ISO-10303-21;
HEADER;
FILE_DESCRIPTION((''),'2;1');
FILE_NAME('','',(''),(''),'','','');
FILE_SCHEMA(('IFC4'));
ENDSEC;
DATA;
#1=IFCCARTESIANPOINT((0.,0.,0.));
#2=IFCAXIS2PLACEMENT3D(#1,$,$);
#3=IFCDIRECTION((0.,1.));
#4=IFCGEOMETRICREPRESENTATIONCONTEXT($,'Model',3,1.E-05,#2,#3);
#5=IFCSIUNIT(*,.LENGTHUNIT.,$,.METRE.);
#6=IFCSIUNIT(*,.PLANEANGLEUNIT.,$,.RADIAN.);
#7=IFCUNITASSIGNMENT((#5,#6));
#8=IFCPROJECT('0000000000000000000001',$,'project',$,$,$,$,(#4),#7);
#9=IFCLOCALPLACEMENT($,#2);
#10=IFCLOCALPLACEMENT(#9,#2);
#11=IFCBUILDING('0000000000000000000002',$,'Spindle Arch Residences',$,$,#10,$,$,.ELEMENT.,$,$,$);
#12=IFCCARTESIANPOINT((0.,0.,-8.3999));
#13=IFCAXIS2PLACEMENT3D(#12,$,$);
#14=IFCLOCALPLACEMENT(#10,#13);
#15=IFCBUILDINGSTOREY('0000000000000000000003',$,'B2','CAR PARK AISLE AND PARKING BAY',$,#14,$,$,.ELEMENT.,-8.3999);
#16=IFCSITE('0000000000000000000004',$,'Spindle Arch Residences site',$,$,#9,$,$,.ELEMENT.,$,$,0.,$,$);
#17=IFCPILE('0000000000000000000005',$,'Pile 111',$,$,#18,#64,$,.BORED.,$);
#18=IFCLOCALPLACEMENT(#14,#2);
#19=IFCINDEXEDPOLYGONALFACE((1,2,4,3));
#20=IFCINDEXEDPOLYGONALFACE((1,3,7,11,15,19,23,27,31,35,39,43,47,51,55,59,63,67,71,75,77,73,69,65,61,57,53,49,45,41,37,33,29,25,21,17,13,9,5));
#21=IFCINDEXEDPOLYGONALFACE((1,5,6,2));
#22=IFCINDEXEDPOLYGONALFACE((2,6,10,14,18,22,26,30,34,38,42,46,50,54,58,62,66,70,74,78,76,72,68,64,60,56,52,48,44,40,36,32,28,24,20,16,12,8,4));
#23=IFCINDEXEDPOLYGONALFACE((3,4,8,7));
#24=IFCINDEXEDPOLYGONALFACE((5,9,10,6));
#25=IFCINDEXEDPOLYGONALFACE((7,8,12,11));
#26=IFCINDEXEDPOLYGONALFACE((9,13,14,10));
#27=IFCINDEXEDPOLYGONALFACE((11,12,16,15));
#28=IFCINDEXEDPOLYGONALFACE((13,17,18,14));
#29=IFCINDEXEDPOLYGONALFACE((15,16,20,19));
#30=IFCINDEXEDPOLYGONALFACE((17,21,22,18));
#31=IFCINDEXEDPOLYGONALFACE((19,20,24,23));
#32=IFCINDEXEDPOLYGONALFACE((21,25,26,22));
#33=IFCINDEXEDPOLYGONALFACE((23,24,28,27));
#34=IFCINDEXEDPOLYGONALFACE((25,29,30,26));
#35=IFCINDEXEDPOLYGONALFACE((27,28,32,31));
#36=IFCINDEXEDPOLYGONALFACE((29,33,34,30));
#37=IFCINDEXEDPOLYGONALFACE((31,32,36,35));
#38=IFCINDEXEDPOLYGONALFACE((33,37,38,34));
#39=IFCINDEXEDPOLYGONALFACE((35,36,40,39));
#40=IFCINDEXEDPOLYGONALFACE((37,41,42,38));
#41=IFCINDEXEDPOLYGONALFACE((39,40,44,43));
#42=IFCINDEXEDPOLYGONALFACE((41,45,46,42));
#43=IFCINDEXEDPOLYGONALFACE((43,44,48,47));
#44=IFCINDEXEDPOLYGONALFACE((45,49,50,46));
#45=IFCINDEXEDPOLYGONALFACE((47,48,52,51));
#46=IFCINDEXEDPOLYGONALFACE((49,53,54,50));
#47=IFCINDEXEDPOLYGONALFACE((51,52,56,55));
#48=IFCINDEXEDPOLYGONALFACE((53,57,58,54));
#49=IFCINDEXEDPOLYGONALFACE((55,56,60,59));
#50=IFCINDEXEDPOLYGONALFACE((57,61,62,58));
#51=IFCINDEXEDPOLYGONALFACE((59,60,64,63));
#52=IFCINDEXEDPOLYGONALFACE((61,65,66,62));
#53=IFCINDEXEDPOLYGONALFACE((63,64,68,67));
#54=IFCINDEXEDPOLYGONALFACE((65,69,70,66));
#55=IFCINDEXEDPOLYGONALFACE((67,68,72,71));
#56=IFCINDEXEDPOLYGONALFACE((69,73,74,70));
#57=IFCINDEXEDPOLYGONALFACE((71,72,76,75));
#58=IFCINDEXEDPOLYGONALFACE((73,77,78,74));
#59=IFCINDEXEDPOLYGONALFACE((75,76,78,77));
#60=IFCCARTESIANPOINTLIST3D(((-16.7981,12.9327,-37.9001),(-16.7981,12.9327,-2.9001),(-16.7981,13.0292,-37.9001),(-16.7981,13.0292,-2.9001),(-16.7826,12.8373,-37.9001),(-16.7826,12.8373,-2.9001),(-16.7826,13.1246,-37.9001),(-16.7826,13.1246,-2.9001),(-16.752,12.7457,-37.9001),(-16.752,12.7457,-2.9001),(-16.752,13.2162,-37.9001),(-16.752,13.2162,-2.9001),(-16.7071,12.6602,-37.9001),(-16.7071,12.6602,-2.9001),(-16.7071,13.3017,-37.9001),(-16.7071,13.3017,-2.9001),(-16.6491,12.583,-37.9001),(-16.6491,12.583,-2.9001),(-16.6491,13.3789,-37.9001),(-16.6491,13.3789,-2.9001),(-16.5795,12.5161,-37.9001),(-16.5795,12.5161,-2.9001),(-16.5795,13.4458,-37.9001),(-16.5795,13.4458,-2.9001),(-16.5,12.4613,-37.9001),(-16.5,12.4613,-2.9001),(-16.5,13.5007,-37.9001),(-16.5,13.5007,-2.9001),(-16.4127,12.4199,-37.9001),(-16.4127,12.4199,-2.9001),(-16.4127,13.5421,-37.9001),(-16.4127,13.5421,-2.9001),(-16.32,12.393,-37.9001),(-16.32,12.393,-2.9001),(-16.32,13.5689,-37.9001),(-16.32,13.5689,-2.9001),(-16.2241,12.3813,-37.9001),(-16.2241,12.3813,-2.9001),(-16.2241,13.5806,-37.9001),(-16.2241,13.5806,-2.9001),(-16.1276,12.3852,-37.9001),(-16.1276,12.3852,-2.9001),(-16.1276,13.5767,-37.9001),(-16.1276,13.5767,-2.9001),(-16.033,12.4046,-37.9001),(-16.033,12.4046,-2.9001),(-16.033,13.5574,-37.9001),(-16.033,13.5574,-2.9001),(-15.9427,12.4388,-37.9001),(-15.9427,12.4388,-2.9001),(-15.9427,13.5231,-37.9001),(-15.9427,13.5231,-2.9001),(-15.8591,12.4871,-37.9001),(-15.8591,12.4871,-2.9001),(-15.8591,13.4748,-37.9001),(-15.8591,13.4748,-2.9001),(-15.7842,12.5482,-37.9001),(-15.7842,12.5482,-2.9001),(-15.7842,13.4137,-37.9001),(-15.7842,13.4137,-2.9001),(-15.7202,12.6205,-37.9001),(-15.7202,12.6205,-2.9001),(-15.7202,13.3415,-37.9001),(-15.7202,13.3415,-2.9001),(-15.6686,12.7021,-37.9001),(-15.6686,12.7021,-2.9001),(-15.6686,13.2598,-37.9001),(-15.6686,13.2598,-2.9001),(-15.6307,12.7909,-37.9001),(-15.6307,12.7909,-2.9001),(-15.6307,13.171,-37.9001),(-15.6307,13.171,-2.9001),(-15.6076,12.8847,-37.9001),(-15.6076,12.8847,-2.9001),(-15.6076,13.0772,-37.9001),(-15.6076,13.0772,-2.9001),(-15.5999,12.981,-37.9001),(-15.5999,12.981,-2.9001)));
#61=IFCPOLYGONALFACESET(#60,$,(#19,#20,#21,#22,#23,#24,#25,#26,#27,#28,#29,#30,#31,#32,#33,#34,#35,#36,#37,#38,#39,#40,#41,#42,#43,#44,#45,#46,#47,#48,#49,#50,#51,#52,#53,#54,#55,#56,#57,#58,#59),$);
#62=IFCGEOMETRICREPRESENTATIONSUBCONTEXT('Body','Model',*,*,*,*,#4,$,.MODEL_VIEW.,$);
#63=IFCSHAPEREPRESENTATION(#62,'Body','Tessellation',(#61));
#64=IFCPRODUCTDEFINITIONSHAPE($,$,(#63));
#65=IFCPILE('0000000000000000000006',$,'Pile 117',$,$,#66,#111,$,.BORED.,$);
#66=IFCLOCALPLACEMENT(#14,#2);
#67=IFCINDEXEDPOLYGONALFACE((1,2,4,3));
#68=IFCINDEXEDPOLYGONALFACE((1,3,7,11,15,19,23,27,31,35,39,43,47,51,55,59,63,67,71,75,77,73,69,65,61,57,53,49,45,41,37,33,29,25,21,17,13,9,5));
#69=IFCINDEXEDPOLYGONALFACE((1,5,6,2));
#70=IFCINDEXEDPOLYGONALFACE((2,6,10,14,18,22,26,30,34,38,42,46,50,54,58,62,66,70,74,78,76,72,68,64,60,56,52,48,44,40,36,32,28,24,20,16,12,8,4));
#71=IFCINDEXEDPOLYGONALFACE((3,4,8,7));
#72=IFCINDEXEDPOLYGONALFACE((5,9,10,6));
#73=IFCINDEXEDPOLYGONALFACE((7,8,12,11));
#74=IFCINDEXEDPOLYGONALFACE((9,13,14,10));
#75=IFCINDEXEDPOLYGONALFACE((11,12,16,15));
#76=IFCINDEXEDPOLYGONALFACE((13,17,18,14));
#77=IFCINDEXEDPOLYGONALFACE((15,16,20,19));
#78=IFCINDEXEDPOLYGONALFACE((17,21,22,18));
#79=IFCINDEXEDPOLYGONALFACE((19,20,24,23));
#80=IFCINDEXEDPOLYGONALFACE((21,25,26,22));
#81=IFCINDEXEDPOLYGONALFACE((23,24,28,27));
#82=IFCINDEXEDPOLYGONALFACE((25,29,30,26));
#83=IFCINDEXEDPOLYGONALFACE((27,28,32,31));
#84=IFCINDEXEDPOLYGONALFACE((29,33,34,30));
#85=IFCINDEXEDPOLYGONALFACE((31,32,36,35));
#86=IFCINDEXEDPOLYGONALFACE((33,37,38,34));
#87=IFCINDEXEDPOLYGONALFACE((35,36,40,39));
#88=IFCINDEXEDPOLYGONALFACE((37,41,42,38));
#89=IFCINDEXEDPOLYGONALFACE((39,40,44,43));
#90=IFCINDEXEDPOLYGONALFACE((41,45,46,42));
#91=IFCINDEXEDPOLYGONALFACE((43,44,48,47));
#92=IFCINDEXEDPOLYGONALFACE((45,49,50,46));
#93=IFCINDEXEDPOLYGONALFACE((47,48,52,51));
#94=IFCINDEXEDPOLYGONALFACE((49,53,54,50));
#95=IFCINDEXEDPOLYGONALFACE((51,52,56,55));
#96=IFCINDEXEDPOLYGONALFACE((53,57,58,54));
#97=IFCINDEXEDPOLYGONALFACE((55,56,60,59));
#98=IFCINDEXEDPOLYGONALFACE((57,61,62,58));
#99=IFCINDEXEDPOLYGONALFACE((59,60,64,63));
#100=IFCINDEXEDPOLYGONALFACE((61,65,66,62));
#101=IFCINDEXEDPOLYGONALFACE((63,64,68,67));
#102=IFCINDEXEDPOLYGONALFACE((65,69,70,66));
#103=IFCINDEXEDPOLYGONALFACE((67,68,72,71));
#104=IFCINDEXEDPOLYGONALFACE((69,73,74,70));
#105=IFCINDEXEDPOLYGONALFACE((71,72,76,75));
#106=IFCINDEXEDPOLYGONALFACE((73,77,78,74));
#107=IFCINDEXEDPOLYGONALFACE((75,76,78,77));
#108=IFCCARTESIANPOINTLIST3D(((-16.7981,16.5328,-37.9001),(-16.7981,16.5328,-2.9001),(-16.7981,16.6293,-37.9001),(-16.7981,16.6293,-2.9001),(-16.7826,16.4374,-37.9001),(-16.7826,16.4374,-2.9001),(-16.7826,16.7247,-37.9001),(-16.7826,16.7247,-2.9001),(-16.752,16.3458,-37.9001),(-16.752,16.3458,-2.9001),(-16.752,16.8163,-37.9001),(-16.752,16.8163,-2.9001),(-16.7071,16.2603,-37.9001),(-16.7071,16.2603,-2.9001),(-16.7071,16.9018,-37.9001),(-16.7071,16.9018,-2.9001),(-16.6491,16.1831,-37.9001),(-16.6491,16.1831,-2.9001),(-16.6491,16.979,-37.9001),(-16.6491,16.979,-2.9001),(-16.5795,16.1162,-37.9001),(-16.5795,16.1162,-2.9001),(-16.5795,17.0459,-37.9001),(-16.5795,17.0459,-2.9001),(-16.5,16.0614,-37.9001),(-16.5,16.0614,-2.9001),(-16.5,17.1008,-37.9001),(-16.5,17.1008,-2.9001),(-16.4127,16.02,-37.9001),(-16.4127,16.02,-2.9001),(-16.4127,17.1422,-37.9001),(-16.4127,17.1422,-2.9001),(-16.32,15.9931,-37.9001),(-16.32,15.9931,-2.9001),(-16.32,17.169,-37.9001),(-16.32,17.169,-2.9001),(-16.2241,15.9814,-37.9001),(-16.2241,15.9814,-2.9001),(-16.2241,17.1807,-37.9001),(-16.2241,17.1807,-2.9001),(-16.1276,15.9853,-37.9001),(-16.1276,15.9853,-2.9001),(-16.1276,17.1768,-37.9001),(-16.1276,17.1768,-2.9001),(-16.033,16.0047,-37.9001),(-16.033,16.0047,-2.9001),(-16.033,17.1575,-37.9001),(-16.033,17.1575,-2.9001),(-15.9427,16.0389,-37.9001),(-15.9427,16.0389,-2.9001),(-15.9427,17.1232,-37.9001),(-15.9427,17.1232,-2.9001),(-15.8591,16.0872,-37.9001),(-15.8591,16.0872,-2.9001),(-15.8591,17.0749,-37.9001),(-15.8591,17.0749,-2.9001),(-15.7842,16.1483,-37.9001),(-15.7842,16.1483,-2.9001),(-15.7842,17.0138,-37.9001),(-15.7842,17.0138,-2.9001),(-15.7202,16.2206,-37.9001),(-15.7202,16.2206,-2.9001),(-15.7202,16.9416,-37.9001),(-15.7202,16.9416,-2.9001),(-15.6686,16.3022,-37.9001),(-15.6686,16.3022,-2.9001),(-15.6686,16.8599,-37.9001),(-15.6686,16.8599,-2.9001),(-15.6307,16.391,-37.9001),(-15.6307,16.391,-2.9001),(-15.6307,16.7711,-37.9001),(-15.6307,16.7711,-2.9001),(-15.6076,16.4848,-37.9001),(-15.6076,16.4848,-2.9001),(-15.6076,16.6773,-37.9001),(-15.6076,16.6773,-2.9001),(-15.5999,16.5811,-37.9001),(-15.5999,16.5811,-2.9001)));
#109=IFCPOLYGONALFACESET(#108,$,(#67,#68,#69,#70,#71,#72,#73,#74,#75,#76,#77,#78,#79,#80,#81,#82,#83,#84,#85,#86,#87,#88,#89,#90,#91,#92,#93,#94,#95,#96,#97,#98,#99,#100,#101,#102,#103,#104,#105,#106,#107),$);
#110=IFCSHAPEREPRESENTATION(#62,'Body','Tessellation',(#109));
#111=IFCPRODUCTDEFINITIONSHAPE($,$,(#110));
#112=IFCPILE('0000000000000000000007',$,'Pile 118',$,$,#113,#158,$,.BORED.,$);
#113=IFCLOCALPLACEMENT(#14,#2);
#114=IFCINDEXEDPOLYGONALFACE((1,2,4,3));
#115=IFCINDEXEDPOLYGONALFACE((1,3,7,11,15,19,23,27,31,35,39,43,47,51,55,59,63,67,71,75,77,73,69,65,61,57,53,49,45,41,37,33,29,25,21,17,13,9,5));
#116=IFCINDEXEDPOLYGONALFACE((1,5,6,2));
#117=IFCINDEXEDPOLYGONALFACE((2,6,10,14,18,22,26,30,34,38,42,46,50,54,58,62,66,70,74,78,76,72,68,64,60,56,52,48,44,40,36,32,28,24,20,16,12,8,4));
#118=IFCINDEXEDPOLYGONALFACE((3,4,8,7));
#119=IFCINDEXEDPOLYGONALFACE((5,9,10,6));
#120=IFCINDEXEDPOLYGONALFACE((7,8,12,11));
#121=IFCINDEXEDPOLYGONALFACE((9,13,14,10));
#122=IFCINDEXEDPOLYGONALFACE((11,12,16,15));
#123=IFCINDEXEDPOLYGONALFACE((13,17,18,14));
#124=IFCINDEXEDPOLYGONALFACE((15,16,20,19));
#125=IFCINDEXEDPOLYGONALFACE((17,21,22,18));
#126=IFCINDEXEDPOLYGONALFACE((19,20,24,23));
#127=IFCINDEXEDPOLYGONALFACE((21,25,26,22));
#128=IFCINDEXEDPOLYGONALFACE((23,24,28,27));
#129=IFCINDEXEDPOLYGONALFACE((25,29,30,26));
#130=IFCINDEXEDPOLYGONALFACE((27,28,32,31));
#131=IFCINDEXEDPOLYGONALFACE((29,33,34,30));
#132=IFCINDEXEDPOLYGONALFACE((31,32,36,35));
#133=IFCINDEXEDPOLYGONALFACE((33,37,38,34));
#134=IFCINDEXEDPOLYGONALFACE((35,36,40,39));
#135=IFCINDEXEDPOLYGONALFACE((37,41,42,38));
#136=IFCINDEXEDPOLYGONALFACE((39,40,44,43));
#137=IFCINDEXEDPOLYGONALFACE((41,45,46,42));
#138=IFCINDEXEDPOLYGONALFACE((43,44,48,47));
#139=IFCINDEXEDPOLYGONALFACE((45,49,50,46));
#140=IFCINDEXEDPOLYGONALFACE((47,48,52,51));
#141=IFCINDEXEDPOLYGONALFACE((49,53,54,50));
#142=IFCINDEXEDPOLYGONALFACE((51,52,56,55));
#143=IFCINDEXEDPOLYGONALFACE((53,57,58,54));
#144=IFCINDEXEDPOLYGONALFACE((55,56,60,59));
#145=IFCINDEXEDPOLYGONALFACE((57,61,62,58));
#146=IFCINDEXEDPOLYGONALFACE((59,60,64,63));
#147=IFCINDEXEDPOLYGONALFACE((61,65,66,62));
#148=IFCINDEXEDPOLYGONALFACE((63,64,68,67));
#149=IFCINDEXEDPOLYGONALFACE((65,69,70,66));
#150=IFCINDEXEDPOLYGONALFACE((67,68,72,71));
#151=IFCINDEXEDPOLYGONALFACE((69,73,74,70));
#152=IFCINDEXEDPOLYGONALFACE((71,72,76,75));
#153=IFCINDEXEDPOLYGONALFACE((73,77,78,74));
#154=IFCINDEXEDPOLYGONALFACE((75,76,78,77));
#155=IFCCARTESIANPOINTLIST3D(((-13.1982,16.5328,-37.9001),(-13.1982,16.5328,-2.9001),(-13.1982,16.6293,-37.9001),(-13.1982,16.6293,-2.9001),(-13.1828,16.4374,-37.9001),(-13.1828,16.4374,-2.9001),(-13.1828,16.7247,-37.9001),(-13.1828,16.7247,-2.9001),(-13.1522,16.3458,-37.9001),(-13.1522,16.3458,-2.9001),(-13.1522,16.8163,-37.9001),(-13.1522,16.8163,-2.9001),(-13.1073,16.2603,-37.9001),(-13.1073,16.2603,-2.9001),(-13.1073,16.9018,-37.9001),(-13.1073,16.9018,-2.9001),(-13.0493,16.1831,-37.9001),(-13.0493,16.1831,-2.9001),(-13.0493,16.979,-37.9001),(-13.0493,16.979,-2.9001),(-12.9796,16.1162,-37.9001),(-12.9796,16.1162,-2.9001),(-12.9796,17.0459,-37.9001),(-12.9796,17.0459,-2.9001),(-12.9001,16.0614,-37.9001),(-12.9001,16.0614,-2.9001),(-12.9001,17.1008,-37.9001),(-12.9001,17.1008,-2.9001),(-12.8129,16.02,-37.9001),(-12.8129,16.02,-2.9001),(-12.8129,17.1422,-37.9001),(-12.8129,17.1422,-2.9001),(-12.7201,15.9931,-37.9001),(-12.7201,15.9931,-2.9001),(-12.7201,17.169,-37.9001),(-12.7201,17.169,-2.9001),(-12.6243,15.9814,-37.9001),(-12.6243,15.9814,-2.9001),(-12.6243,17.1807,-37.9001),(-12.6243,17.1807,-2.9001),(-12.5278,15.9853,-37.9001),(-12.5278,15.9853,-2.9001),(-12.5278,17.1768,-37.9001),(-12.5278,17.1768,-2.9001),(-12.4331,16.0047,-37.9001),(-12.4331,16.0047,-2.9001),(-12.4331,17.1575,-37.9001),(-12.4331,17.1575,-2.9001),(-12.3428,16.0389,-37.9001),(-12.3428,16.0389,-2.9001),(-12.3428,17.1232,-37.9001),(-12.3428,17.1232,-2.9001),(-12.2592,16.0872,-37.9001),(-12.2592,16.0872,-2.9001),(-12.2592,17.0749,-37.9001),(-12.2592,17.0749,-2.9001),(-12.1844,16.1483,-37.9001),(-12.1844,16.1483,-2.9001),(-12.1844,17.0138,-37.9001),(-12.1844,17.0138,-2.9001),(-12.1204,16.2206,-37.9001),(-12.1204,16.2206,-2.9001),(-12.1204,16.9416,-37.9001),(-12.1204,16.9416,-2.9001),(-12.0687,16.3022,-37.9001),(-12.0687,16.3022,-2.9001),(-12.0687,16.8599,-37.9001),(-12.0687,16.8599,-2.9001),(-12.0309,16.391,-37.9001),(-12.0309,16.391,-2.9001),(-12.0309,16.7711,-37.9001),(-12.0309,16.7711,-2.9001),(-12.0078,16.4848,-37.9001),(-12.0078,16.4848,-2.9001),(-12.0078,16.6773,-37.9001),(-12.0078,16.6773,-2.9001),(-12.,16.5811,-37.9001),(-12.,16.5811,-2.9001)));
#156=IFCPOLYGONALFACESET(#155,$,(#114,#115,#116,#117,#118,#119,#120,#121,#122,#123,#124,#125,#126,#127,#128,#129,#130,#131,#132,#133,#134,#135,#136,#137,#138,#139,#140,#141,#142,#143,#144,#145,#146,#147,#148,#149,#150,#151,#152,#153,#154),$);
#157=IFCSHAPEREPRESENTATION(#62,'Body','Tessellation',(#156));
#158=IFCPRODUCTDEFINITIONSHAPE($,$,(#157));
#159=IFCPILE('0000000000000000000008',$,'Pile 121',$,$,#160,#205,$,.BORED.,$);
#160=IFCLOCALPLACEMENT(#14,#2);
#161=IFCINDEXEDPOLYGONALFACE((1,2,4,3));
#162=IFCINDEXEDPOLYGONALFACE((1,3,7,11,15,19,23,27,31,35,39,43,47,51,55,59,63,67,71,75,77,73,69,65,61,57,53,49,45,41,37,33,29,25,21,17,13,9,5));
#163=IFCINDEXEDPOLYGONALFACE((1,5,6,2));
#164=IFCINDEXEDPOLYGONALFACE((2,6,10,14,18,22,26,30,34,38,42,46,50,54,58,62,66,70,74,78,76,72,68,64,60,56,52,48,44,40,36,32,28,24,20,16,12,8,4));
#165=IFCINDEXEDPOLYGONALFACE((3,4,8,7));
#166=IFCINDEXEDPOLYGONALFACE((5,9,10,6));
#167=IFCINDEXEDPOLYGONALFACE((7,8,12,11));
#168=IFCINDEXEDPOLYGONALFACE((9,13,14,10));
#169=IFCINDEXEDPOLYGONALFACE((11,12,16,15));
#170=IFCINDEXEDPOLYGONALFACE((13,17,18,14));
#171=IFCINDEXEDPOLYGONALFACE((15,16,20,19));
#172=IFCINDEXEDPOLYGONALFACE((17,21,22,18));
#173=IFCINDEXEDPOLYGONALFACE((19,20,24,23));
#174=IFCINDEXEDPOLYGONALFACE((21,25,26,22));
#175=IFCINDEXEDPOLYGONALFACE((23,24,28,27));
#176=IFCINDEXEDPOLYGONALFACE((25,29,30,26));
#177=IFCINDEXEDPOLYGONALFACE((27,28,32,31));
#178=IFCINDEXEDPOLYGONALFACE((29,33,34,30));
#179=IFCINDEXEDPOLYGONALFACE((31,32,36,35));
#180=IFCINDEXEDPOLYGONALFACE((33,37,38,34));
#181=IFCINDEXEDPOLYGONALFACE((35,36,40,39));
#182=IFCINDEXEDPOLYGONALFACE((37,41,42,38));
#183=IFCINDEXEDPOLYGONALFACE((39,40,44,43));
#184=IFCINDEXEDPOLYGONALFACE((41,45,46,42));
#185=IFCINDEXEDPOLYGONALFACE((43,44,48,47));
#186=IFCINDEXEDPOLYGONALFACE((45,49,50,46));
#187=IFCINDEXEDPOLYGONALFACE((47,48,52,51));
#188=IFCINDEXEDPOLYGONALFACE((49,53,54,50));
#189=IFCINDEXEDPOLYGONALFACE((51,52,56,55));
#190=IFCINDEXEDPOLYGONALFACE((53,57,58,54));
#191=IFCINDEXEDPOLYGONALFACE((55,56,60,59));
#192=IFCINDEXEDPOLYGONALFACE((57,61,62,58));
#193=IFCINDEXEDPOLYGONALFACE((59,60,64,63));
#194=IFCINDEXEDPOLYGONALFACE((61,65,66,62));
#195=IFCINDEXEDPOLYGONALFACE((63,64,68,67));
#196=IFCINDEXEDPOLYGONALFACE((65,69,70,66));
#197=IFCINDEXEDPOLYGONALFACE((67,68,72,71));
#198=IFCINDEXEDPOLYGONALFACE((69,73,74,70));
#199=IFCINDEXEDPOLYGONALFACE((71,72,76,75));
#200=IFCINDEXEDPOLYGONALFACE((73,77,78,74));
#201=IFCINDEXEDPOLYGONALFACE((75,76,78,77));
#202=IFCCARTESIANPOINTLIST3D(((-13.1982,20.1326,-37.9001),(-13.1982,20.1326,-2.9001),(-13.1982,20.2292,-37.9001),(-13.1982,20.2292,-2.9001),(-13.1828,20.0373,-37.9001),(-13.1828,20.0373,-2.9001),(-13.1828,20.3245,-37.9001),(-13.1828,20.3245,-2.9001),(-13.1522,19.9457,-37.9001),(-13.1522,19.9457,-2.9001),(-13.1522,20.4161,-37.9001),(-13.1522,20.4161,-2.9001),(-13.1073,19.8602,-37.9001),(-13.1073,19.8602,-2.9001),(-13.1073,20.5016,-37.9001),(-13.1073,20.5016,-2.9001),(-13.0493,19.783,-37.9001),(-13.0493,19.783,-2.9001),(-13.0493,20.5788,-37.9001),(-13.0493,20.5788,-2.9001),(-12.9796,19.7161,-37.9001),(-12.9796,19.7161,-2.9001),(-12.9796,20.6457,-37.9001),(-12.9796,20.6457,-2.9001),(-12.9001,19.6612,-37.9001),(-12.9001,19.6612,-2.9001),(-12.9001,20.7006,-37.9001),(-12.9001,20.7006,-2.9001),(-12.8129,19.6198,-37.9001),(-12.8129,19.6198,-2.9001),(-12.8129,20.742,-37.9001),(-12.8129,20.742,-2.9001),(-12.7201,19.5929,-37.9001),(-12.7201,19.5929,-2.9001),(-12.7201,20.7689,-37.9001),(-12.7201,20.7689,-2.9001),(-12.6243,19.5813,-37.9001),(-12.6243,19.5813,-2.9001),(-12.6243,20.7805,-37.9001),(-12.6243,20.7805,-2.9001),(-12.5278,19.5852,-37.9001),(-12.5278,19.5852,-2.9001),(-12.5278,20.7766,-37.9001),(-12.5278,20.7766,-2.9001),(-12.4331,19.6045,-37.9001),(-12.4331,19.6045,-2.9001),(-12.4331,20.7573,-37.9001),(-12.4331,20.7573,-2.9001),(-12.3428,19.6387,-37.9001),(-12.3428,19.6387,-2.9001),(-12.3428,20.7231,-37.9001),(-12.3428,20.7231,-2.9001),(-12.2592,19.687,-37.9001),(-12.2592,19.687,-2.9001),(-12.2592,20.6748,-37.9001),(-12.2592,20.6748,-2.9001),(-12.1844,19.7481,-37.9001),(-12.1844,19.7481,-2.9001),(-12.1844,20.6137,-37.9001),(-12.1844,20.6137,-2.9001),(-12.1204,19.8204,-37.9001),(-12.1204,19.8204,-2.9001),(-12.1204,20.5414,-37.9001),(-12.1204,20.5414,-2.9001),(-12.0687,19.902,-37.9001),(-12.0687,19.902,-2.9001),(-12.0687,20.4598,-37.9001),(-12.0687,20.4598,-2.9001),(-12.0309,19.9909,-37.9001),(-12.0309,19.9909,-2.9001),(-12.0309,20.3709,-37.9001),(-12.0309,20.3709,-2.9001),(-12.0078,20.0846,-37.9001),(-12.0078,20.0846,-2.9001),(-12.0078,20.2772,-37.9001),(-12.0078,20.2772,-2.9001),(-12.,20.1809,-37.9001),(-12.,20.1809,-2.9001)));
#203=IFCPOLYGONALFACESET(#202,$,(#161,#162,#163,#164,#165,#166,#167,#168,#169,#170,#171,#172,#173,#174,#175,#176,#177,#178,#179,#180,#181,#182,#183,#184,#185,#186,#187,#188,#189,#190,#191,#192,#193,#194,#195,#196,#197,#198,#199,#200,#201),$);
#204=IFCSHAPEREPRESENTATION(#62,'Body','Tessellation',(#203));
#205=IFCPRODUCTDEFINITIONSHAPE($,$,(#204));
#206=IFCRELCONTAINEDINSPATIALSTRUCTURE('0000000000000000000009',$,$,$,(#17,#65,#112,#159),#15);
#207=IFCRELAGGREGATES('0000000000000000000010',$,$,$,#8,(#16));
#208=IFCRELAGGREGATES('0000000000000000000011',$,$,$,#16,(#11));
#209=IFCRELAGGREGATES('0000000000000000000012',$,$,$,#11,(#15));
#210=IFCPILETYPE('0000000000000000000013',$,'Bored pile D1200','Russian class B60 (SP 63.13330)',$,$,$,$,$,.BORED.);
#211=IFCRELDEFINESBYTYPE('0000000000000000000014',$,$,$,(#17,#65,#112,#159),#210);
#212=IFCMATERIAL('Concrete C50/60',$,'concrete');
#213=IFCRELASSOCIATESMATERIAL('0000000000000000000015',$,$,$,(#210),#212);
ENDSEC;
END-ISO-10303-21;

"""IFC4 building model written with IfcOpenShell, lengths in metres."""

from ifc_helpers import new_model, si_unit, direction, frame, origin, origin_2d, place, context, subcontext, project, spatial, circle, extrude, material, material_profile, profile_set, type_object, element, save


model = new_model("IFC4")

# Units and contexts
model_context = context("Model", 3, precision=1e-05, world=origin(), true_north=direction((0.0, 1.0)))
body_context = subcontext(model_context, "Body", "Model", "MODEL_VIEW")
ifc_project = project(units=[si_unit("LENGTHUNIT", "METRE"), si_unit("PLANEANGLEUNIT", "RADIAN")], contexts=[model_context])

# Site, building, storey
site_placement = place(None, origin())
site = spatial("IfcSite", under=ifc_project, at=site_placement, Name="Spindle Arch Residences site", CompositionType="ELEMENT", RefElevation=0.0)
building_placement = place(site_placement, origin())
building = spatial("IfcBuilding", under=site, at=building_placement, Name="Spindle Arch Residences", CompositionType="ELEMENT")
storey_placement = place(building_placement, frame((0.0, 0.0, -8.3999)))
storey = spatial("IfcBuildingStorey", under=building, at=storey_placement, Name="B2", Description="CAR PARK AISLE AND PARKING BAY", CompositionType="ELEMENT", Elevation=-8.3999)

# Piles
ifc_material_1 = material(Name="Concrete C50/60", Category="concrete")
ifc_material_profile_1 = material_profile(ifc_material_1, circle(Radius=0.6001, at=origin_2d()), Name="BP D1200")
ifc_profile_set_1 = profile_set([ifc_material_profile_1], Name="Concrete C50/60")
pile_type = type_object("IfcPileType", Name="Bored pile D1200", Description="Russian class B60 (SP 63.13330)", PredefinedType="BORED", material=ifc_profile_set_1)
for number, where, z_axis, x_axis, name in (
    (1, (-16.2, 12.981, -2.9001), (0.0, 0.0, -1.0), (1.0, 0.0, 0.0), "Pile 111"),
    (2, (-16.2, 16.5811, -2.9001), (0.0, 0.0, -1.0), (1.0, 0.0, 0.0), "Pile 117"),
    (3, (-12.6001, 16.5811, -2.9001), (0.0, 0.0, -1.0), (1.0, 0.0, 0.0), "Pile 118"),
    (4, (-12.6001, 20.1809, -2.9001), (0.0, 0.0, -1.0), (1.0, 0.0, 0.0), "Pile 121"),
):
    element("IfcPile", number, at=place(storey_placement, frame(where, z_axis=z_axis, x_axis=x_axis)), inside=storey, type_object=pile_type, Name=name, PredefinedType="BORED", context=body_context, shape_type="SweptSolid", body=[
        extrude(circle(Radius=0.6001, at=origin_2d()), origin(), (0.0, 0.0, 1.0), 35.0),
    ])

save(model, "model.ifc")
